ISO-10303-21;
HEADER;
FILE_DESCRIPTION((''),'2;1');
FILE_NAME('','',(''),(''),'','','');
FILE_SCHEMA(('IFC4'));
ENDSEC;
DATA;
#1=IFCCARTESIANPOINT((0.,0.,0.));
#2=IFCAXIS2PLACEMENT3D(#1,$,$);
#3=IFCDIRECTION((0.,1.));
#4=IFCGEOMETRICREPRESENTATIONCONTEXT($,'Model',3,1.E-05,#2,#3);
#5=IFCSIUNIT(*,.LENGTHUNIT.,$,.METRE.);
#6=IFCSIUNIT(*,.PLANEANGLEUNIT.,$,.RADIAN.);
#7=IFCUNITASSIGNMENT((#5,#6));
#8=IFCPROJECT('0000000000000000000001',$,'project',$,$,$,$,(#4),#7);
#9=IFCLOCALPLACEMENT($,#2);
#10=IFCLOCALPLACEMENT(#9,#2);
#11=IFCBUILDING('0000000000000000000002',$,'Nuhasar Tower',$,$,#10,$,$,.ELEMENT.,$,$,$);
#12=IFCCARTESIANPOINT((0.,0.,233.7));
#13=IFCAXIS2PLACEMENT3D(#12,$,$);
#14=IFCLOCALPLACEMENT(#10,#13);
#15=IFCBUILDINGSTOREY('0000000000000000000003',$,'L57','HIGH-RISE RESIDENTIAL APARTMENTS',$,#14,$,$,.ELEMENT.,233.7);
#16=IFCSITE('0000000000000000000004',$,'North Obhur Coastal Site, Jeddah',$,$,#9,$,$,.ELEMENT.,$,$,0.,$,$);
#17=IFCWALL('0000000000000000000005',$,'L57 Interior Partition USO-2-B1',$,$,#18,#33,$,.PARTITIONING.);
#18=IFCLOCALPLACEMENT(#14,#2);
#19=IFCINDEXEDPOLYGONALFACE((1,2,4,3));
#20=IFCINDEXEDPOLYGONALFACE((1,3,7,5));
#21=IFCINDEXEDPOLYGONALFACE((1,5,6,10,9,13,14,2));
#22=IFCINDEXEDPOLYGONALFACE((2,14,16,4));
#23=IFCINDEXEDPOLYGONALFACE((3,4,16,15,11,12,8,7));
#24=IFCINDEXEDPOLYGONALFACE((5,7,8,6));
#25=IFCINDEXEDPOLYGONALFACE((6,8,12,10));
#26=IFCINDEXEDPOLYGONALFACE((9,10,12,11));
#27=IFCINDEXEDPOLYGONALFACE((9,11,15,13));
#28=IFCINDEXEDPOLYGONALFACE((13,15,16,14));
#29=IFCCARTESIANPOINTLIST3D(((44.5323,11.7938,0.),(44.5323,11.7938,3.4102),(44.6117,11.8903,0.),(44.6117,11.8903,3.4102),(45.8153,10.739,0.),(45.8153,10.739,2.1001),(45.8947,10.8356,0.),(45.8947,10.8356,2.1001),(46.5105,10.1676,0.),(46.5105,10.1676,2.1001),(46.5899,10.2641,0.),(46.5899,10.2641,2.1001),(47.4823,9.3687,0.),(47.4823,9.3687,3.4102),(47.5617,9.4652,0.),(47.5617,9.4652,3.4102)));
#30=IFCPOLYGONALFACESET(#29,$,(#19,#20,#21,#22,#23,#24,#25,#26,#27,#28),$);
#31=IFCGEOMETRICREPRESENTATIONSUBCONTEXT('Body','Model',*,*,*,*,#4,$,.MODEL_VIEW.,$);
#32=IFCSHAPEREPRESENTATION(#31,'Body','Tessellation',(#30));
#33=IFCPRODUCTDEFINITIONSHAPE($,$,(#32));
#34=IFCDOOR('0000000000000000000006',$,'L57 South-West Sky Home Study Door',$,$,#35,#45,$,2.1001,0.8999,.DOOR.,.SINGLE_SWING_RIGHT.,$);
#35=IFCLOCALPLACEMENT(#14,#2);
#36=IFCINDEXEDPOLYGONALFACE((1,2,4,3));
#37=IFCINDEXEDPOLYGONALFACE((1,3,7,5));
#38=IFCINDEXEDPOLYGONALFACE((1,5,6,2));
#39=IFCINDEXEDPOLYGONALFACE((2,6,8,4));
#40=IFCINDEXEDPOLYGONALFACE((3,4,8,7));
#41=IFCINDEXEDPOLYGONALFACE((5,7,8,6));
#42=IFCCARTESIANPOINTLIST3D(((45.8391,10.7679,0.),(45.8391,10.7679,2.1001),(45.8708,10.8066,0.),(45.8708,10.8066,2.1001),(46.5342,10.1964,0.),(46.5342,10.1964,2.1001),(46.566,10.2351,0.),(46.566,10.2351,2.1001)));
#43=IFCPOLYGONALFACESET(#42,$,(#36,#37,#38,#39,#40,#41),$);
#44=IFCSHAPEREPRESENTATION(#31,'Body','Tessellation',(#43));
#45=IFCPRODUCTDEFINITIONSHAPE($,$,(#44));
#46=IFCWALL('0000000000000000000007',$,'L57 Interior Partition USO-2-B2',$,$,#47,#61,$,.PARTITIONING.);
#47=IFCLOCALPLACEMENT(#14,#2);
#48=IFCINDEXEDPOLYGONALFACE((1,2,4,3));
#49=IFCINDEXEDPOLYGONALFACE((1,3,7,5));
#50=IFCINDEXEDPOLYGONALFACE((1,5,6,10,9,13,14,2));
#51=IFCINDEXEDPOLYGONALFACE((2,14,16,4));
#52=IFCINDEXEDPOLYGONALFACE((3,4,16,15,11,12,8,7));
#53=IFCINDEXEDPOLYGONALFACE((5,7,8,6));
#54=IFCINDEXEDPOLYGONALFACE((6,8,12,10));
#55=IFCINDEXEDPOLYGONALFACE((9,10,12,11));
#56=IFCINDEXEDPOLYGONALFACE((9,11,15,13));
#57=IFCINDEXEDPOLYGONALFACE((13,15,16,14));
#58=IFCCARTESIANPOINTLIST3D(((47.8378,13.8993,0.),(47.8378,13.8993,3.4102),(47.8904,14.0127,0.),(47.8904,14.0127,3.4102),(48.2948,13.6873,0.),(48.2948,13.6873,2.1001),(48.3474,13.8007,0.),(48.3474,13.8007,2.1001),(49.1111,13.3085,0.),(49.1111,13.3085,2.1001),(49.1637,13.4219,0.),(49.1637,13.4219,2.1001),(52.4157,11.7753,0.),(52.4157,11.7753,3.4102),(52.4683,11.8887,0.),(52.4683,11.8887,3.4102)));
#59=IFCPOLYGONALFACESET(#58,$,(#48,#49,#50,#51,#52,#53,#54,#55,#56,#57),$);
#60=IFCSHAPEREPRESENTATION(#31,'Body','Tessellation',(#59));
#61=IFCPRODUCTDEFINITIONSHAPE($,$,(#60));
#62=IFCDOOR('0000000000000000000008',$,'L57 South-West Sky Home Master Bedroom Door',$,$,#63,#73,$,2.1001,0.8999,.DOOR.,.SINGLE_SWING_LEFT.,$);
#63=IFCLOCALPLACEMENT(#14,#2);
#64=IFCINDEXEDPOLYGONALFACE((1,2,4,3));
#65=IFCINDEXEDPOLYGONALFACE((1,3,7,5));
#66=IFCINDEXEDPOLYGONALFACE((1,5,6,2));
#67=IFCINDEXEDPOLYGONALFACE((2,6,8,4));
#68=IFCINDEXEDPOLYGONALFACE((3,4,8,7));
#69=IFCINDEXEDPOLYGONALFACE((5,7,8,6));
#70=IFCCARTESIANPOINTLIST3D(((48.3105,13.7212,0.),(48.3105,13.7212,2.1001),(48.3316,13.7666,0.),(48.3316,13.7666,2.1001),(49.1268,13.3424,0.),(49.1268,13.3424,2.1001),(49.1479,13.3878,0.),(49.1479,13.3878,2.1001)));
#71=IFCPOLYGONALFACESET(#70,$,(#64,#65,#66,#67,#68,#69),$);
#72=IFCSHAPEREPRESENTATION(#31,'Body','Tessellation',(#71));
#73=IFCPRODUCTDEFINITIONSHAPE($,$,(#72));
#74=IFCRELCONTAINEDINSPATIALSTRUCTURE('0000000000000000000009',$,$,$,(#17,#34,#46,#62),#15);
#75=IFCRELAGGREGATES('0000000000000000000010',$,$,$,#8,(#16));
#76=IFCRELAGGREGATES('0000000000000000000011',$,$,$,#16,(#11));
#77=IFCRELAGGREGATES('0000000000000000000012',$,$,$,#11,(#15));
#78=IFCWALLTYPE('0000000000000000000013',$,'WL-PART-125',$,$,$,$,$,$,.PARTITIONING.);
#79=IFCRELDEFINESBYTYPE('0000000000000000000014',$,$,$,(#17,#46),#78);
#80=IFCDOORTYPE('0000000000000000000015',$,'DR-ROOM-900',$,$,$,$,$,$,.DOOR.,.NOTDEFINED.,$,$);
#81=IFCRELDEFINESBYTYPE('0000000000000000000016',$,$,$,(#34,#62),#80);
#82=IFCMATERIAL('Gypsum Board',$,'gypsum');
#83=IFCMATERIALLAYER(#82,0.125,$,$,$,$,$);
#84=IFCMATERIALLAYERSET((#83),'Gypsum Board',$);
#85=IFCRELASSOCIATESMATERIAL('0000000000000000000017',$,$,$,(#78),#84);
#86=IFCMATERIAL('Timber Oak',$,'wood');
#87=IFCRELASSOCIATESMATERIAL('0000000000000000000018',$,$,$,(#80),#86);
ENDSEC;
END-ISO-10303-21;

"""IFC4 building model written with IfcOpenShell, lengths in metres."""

from ifc_helpers import new_model, si_unit, direction, frame, frame_2d, origin, place, context, subcontext, project, spatial, rectangle, extrude, material, layer, layer_set, type_object, element, fill, save


model = new_model("IFC4")

# Units and contexts
model_context = context("Model", 3, precision=1e-05, world=origin(), true_north=direction((0.0, 1.0)))
body_context = subcontext(model_context, "Body", "Model", "MODEL_VIEW")
ifc_project = project(units=[si_unit("LENGTHUNIT", "METRE"), si_unit("PLANEANGLEUNIT", "RADIAN")], contexts=[model_context])

# Site, building, storey
site_placement = place(None, origin())
site = spatial("IfcSite", under=ifc_project, at=site_placement, Name="North Obhur Coastal Site, Jeddah", CompositionType="ELEMENT", RefElevation=0.0)
building_placement = place(site_placement, origin())
building = spatial("IfcBuilding", under=site, at=building_placement, Name="Nuhasar Tower", CompositionType="ELEMENT")
storey_placement = place(building_placement, frame((0.0, 0.0, 233.7)))
storey = spatial("IfcBuildingStorey", under=building, at=storey_placement, Name="L57", Description="HIGH-RISE RESIDENTIAL APARTMENTS", CompositionType="ELEMENT", Elevation=233.7)

# Shared definitions
ifc_material_1 = material(Name="Gypsum Board", Category="gypsum")

# Shared definitions
ifc_layer_1 = layer(ifc_material_1, 0.125)
ifc_layer_set_1 = layer_set([ifc_layer_1], Name="Gypsum Board")
wall_type_1 = type_object("IfcWallType", Name="WL-PART-125", PredefinedType="PARTITIONING", material=ifc_layer_set_1)
ifc_material_2 = material(Name="Timber Oak", Category="wood")
door_type_1 = type_object("IfcDoorType", Name="DR-ROOM-900", OperationType="NOTDEFINED", PredefinedType="DOOR", material=ifc_material_2)

# Walls, openings, doors
wall_1_placement = place(storey_placement, frame((44.572, 11.842, 0.0), z_axis=(0.0, 0.0, 1.0), x_axis=(0.772485, -0.635032, 0.0)))
wall_1 = element("IfcWall", 1, at=wall_1_placement, inside=storey, type_object=wall_type_1, Name="L57 Interior Partition USO-2-B1", PredefinedType="PARTITIONING", context=body_context, shape_type="SweptSolid", body=[
    extrude(rectangle(XDim=3.8188, YDim=0.125, at=frame_2d((1.9094, 0.0))), origin(), (0.0, 0.0, 1.0), 3.4102),
])
opening_1_placement = place(wall_1_placement, frame((1.6609, 0.0, 0.0)))
opening_1 = element("IfcOpeningElement", 2, at=opening_1_placement, cuts=wall_1, PredefinedType="OPENING", context=body_context, shape_type="SweptSolid", body=[
    extrude(rectangle(XDim=0.8999, YDim=2.1001, at=frame_2d((0.45, 1.05))), frame((0.0, 0.0725, 0.0), z_axis=(0.0, -1.0, 0.0), x_axis=(1.0, 0.0, 0.0)), (0.0, 0.0, 1.0), 0.145),
])
door_1_placement = place(opening_1_placement, origin())
door_1 = element("IfcDoor", 3, at=door_1_placement, inside=storey, type_object=door_type_1, Name="L57 South-West Sky Home Study Door", OperationType="SINGLE_SWING_RIGHT", OverallHeight=2.1001, OverallWidth=0.8999, PredefinedType="DOOR", context=body_context, shape_type="SweptSolid", body=[
    extrude(rectangle(XDim=0.8999, YDim=2.1001, at=frame_2d((0.45, 1.05))), frame((0.0, 0.0249, 0.0), z_axis=(0.0, -1.0, 0.0), x_axis=(1.0, 0.0, 0.0)), (0.0, 0.0, 1.0), 0.05),
])
fill(opening_1, door_1)
wall_2_placement = place(storey_placement, frame((47.864, 13.9561, 0.0), z_axis=(0.0, 0.0, 1.0), x_axis=(0.907117, -0.42088, 0.0)))
wall_2 = element("IfcWall", 4, at=wall_2_placement, inside=storey, type_object=wall_type_1, Name="L57 Interior Partition USO-2-B2", PredefinedType="PARTITIONING", context=body_context, shape_type="SweptSolid", body=[
    extrude(rectangle(XDim=5.0466, YDim=0.125, at=frame_2d((2.5234, 0.0))), origin(), (0.0, 0.0, 1.0), 3.4102),
])
opening_2_placement = place(wall_2_placement, frame((0.5039, 0.0, 0.0)))
opening_2 = element("IfcOpeningElement", 5, at=opening_2_placement, cuts=wall_2, PredefinedType="OPENING", context=body_context, shape_type="SweptSolid", body=[
    extrude(rectangle(XDim=0.8999, YDim=2.1001, at=frame_2d((0.45, 1.05))), frame((0.0, 0.0725, 0.0), z_axis=(0.0, -1.0, 0.0), x_axis=(1.0, 0.0, 0.0)), (0.0, 0.0, 1.0), 0.145),
])
door_2_placement = place(opening_2_placement, origin())
door_2 = element("IfcDoor", 6, at=door_2_placement, inside=storey, type_object=door_type_1, Name="L57 South-West Sky Home Master Bedroom Door", OperationType="SINGLE_SWING_LEFT", OverallHeight=2.1001, OverallWidth=0.8999, PredefinedType="DOOR", context=body_context, shape_type="SweptSolid", body=[
    extrude(rectangle(XDim=0.8999, YDim=2.1001, at=frame_2d((0.45, 1.05))), frame((0.0, 0.0249, 0.0), z_axis=(0.0, -1.0, 0.0), x_axis=(1.0, 0.0, 0.0)), (0.0, 0.0, 1.0), 0.05),
])
fill(opening_2, door_2)

save(model, "model.ifc")
